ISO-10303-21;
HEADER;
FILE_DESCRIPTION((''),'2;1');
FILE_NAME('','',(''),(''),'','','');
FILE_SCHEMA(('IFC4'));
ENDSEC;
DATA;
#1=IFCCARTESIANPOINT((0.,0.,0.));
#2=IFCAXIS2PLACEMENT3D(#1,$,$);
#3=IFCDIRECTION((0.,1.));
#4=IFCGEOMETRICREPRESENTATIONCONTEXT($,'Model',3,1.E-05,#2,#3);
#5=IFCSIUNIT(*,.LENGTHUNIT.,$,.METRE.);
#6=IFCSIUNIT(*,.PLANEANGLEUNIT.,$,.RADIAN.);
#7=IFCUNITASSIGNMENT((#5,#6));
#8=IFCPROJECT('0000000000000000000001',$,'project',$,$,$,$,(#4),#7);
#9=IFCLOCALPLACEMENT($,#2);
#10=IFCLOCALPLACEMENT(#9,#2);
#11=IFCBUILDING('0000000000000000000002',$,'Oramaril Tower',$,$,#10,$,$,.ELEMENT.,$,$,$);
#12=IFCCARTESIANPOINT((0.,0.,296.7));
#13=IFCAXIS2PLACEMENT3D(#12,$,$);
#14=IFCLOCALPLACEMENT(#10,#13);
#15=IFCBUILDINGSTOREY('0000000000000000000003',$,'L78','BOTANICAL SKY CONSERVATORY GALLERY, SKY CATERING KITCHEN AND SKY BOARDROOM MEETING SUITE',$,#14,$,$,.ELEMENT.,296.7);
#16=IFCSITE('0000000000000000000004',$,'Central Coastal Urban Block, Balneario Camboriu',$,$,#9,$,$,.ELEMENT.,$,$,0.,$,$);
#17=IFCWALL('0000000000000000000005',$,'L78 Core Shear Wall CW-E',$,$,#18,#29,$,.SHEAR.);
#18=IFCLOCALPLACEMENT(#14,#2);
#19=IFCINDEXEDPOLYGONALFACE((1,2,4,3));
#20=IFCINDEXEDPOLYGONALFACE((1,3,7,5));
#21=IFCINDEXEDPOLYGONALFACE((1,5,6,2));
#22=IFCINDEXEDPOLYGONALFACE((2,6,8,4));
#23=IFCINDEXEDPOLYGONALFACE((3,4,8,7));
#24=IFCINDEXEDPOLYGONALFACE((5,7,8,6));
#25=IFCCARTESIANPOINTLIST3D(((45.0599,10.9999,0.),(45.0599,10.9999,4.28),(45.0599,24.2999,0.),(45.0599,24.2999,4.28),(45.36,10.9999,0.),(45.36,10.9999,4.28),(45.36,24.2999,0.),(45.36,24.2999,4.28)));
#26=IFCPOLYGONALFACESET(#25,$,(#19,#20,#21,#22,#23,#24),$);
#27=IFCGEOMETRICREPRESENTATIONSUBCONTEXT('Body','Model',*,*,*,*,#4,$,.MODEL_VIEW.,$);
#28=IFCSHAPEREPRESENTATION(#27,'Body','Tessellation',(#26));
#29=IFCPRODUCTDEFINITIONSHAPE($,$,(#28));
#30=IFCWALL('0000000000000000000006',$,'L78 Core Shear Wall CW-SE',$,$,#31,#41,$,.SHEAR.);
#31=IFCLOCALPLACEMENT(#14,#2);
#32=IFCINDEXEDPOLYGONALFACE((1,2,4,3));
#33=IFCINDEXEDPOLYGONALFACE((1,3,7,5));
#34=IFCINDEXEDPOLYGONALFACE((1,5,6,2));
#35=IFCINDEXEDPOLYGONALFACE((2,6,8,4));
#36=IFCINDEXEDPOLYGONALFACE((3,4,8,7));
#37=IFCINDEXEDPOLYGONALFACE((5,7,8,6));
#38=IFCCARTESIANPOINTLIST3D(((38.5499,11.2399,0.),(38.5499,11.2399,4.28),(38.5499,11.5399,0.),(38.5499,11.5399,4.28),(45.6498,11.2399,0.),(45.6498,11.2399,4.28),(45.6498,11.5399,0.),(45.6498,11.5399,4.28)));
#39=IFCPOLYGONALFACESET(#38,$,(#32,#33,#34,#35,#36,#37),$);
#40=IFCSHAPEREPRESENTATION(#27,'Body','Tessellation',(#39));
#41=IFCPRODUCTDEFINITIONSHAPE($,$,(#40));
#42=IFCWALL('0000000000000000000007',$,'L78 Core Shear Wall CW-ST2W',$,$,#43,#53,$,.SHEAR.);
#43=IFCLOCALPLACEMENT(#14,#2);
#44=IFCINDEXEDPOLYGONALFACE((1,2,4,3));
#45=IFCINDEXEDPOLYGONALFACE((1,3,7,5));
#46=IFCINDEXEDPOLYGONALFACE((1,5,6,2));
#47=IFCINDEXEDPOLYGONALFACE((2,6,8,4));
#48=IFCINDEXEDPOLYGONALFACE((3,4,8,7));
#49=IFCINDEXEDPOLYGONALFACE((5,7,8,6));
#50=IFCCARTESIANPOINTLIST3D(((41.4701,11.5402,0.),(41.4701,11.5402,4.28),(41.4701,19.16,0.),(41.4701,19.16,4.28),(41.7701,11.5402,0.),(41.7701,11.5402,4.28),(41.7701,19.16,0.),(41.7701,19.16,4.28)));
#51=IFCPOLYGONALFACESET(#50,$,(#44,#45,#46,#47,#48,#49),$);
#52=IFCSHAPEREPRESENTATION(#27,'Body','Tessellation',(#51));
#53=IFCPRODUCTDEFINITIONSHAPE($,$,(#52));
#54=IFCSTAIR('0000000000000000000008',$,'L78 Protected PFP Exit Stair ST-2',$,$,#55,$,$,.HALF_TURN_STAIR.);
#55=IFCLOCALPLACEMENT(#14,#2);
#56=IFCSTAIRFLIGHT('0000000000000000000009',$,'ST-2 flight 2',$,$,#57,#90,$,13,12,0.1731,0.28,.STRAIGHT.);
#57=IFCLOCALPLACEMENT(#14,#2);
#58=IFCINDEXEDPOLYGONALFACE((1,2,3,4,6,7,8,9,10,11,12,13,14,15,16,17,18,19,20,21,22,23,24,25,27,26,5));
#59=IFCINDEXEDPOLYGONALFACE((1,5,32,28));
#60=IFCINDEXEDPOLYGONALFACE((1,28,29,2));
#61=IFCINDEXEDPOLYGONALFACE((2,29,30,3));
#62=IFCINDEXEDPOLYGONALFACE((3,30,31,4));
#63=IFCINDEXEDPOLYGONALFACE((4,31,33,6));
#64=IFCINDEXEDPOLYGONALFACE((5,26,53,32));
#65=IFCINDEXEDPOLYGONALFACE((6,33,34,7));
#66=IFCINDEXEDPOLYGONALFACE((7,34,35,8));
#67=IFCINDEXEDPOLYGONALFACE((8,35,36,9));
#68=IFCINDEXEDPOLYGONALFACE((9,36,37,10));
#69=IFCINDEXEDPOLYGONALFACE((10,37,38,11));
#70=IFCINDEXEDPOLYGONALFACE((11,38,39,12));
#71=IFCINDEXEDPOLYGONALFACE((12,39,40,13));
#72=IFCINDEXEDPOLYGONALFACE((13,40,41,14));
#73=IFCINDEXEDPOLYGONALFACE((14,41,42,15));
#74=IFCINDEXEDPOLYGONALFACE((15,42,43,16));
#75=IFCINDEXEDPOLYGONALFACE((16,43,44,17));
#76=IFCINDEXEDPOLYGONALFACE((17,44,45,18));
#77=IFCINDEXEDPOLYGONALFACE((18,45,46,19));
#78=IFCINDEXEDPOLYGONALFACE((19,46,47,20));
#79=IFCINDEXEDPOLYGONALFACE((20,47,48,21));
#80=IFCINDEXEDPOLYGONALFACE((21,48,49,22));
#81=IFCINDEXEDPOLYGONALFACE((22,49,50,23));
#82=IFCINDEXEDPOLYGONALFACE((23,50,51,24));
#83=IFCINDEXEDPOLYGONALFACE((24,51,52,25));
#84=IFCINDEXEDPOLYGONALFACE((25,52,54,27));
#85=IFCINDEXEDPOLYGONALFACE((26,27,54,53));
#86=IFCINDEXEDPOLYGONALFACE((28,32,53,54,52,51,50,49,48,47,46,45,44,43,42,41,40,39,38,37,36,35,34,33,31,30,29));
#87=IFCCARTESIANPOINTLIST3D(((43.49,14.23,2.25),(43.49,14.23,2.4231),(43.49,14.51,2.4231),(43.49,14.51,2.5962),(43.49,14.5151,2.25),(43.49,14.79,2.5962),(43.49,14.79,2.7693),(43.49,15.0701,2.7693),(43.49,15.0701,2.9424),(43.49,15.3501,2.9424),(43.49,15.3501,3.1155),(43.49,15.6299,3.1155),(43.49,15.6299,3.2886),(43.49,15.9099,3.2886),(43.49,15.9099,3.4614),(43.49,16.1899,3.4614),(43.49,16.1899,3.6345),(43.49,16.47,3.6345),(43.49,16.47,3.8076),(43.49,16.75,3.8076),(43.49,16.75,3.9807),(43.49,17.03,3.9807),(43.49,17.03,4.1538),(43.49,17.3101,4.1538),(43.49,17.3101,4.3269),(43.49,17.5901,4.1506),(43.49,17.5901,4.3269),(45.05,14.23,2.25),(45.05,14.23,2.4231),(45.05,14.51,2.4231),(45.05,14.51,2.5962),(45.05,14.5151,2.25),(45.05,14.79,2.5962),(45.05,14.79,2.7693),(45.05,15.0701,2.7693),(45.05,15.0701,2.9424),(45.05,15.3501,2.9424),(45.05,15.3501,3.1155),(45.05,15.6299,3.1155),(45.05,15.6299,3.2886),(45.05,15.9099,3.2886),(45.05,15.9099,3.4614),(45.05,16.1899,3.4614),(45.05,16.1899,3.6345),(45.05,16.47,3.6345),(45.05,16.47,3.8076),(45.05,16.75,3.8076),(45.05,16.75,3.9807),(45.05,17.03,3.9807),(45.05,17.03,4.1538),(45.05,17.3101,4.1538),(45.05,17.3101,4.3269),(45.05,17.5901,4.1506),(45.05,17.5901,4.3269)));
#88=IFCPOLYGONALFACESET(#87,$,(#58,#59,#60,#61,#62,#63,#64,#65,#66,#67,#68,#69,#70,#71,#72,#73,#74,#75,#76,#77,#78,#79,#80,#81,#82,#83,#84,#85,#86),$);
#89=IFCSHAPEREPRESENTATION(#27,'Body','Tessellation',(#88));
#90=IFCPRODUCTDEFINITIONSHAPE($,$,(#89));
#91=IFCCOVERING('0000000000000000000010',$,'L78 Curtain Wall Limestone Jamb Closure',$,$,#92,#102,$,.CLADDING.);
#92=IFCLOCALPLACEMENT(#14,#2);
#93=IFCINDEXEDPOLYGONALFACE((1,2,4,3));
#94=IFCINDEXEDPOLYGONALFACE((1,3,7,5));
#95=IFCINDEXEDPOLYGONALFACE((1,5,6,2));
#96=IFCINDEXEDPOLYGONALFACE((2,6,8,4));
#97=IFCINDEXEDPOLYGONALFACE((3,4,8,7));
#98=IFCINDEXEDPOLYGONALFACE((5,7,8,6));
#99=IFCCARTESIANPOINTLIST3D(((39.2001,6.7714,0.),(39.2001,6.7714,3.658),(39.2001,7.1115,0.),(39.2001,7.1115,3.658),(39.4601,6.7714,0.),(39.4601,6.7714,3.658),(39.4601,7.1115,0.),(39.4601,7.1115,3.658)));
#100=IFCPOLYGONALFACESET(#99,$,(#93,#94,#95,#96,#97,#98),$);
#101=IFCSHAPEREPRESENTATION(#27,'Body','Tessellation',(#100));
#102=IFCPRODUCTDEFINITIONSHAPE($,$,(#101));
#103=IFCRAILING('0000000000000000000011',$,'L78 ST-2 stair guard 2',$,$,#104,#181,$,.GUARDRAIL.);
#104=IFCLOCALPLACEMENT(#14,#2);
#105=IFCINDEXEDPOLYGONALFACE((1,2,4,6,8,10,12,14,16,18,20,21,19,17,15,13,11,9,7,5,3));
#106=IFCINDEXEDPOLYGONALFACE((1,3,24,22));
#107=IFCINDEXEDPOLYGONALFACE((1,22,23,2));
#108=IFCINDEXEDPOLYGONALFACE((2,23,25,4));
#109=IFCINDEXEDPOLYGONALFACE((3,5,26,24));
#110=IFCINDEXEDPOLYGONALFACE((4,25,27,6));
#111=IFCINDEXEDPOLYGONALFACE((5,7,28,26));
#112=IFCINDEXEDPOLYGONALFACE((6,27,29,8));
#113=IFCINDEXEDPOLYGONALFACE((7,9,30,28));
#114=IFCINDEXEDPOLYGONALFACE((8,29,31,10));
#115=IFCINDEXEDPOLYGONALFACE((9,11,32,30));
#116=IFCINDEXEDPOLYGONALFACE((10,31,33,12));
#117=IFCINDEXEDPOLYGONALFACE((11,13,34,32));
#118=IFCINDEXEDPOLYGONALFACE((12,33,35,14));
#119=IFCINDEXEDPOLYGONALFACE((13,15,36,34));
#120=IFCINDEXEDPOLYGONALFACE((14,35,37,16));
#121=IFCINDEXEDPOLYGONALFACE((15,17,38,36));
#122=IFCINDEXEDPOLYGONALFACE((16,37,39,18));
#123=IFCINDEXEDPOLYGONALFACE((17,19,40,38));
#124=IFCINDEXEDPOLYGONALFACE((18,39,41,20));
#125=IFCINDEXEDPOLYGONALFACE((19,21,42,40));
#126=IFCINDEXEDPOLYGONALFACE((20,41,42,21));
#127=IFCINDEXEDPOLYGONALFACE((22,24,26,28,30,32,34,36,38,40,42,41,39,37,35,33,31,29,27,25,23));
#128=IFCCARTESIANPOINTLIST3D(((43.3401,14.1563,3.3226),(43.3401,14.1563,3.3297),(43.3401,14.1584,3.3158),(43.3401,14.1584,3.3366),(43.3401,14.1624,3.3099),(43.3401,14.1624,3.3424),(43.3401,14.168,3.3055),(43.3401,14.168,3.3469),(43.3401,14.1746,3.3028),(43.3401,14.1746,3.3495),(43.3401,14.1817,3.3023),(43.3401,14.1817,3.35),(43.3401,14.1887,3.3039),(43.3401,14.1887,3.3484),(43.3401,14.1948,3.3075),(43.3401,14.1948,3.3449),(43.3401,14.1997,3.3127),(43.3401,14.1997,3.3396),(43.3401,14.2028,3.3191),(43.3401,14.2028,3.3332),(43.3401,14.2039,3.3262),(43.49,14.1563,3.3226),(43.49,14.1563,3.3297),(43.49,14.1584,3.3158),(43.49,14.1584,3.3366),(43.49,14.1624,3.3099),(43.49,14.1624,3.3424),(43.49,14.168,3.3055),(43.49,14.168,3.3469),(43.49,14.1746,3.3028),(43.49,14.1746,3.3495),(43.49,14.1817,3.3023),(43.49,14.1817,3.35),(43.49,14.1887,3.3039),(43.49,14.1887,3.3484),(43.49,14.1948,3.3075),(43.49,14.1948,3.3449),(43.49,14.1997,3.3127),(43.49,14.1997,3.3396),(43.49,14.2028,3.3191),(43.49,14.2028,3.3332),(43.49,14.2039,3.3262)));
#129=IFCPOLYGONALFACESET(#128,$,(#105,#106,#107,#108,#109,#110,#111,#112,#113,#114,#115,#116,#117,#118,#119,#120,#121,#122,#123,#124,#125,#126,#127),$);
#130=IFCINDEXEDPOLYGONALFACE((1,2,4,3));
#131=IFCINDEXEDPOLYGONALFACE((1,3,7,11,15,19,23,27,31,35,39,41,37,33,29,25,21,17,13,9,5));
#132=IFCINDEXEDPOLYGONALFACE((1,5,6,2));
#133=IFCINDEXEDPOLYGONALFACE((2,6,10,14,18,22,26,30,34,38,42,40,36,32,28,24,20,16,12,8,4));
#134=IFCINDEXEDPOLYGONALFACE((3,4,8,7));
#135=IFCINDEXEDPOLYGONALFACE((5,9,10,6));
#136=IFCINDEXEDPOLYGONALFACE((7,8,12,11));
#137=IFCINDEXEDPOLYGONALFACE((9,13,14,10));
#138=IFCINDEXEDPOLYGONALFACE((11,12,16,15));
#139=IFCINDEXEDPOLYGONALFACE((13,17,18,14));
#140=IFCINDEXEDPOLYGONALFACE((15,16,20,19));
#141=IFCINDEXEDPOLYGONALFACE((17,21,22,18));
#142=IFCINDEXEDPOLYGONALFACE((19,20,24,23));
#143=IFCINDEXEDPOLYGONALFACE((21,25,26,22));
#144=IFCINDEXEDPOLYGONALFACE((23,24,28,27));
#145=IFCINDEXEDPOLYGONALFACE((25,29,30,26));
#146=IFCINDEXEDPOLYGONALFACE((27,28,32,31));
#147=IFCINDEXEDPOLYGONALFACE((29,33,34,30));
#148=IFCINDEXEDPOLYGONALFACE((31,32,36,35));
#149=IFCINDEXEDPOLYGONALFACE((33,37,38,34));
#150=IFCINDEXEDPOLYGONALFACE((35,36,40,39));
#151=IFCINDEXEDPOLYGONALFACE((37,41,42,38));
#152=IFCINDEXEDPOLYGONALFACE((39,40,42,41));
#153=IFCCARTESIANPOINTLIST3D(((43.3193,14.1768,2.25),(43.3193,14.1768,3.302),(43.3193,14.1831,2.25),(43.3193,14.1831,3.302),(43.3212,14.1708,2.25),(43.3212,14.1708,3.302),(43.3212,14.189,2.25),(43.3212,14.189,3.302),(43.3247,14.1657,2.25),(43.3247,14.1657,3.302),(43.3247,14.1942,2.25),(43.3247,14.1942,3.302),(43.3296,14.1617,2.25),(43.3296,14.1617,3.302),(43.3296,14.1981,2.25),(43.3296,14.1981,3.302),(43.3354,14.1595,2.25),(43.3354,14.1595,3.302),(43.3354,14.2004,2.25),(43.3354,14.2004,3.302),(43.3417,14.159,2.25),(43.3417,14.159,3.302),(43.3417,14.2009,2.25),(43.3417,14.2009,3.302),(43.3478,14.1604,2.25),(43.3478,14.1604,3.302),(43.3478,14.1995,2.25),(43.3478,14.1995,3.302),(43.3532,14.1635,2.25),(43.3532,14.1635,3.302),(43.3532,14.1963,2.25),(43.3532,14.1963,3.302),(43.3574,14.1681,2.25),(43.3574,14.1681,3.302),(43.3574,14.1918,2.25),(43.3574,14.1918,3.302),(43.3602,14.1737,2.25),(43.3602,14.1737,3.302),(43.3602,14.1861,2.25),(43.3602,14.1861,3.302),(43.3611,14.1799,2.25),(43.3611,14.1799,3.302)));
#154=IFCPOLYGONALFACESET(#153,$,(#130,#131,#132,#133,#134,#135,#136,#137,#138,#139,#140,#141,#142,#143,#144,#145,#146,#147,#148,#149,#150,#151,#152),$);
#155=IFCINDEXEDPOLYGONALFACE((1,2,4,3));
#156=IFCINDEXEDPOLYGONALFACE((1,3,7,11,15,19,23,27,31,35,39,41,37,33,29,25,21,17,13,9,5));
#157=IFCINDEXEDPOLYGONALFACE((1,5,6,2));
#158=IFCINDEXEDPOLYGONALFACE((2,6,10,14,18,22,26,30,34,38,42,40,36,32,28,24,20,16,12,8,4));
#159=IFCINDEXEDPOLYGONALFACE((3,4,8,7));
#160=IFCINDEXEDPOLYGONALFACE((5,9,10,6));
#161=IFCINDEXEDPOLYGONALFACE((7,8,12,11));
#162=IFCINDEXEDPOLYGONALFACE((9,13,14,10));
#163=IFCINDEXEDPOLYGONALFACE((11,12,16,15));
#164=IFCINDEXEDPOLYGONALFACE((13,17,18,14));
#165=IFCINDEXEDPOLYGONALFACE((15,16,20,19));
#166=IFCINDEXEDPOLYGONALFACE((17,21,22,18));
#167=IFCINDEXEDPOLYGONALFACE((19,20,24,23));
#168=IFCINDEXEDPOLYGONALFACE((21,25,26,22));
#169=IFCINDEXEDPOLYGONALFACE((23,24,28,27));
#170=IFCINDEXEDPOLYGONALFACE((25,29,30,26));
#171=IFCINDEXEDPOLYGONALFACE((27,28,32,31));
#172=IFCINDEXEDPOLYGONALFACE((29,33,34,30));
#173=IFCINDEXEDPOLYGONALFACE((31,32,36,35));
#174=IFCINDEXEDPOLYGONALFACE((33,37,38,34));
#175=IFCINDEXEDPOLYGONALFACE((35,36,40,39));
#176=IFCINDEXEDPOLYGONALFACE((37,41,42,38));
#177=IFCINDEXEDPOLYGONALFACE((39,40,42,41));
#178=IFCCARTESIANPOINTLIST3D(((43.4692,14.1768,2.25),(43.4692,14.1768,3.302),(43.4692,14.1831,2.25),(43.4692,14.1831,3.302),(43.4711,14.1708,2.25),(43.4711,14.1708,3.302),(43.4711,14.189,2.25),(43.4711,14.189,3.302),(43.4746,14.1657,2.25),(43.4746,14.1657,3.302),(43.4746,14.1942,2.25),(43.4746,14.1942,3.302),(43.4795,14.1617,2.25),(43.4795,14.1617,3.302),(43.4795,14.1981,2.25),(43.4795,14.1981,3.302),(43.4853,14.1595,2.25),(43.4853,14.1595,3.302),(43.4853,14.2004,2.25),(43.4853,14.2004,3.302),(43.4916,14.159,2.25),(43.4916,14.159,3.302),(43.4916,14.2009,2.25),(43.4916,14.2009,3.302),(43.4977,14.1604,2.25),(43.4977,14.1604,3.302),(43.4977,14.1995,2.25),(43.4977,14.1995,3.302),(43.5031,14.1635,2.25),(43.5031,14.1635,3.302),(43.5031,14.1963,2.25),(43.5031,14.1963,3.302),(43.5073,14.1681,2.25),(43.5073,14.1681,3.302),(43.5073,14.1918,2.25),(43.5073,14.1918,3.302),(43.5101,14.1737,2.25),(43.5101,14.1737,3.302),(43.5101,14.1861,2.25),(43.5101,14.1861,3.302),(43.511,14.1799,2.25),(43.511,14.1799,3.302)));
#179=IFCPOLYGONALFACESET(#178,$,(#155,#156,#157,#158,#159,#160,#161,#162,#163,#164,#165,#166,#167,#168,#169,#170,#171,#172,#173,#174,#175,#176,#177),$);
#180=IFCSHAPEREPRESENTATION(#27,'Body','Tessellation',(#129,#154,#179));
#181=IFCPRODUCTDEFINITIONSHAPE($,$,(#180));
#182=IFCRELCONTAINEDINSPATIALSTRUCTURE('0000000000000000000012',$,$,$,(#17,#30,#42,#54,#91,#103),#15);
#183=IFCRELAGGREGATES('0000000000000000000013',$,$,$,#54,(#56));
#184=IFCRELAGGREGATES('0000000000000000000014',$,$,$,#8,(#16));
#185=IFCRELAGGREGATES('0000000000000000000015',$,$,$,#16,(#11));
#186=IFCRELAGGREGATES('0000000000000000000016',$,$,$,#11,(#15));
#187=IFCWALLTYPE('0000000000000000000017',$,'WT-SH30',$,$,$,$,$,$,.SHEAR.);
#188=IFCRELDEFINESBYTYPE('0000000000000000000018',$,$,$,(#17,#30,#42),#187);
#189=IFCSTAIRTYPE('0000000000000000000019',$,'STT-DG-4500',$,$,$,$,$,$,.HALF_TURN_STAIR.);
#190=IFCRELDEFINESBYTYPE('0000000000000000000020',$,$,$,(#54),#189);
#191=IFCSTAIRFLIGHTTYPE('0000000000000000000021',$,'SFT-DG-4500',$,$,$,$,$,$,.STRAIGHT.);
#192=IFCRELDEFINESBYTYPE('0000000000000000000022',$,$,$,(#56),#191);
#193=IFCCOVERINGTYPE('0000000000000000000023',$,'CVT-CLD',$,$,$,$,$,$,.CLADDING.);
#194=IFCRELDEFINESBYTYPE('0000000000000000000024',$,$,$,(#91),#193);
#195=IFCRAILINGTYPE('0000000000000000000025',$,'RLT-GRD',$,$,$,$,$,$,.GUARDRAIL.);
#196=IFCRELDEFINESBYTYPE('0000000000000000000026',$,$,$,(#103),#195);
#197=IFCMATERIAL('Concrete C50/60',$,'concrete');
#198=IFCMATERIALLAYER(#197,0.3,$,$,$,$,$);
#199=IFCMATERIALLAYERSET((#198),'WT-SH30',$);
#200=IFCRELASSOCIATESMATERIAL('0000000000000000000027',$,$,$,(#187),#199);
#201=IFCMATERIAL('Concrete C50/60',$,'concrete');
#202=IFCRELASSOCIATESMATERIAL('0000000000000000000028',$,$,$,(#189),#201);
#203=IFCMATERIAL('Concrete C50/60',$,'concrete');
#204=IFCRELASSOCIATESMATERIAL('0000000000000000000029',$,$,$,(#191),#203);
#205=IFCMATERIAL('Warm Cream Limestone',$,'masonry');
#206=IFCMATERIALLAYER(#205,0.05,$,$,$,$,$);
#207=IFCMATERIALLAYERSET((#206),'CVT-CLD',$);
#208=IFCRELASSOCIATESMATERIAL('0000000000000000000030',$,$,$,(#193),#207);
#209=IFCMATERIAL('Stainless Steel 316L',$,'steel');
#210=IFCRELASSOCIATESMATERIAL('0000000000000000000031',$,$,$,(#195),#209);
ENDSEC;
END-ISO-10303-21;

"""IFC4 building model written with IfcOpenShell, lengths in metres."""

from ifc_helpers import new_model, si_unit, direction, frame, frame_2d, origin, origin_2d, place, context, subcontext, project, spatial, polyline, rectangle, circle, outline, extrude, material, layer, layer_set, type_object, element, aggregate, save


model = new_model("IFC4")

# Units and contexts
model_context = context("Model", 3, precision=1e-05, world=origin(), true_north=direction((0.0, 1.0)))
body_context = subcontext(model_context, "Body", "Model", "MODEL_VIEW")
ifc_project = project(units=[si_unit("LENGTHUNIT", "METRE"), si_unit("PLANEANGLEUNIT", "RADIAN")], contexts=[model_context])

# Site, building, storey
site_placement = place(None, origin())
site = spatial("IfcSite", under=ifc_project, at=site_placement, Name="Central Coastal Urban Block, Balneario Camboriu", CompositionType="ELEMENT", RefElevation=0.0)
building_placement = place(site_placement, origin())
building = spatial("IfcBuilding", under=site, at=building_placement, Name="Oramaril Tower", CompositionType="ELEMENT")
storey_placement = place(building_placement, frame((0.0, 0.0, 296.7)))
storey = spatial("IfcBuildingStorey", under=building, at=storey_placement, Name="L78", Description="BOTANICAL SKY CONSERVATORY GALLERY, SKY CATERING KITCHEN AND SKY BOARDROOM MEETING SUITE", CompositionType="ELEMENT", Elevation=296.7)

# Walls
ifc_material_1 = material(Name="Concrete C50/60", Category="concrete")
ifc_layer_1 = layer(ifc_material_1, 0.3)
ifc_layer_set_1 = layer_set([ifc_layer_1], Name="WT-SH30")
wall_type_1 = type_object("IfcWallType", Name="WT-SH30", PredefinedType="SHEAR", material=ifc_layer_set_1)
wall_1_placement = place(storey_placement, frame((45.21, 11.0, 0.0), z_axis=(0.0, 0.0, 1.0), x_axis=(0.0, 1.0, 0.0)))
element("IfcWall", 1, at=wall_1_placement, inside=storey, type_object=wall_type_1, Name="L78 Core Shear Wall CW-E", PredefinedType="SHEAR", context=body_context, shape_type="SweptSolid", body=[
    extrude(rectangle(XDim=13.3, YDim=0.3, at=frame_2d((6.6499, 0.0))), origin(), (0.0, 0.0, 1.0), 4.28),
])
wall_2_placement = place(storey_placement, frame((38.55, 11.3899, 0.0), z_axis=(0.0, 0.0, 1.0), x_axis=(1.0, 0.0, 0.0)))
element("IfcWall", 2, at=wall_2_placement, inside=storey, type_object=wall_type_1, Name="L78 Core Shear Wall CW-SE", PredefinedType="SHEAR", context=body_context, shape_type="SweptSolid", body=[
    extrude(rectangle(XDim=7.0999, YDim=0.3, at=frame_2d((3.5498, 0.0))), origin(), (0.0, 0.0, 1.0), 4.28),
])
wall_3_placement = place(storey_placement, frame((41.6201, 11.54, 0.0), z_axis=(0.0, 0.0, 1.0), x_axis=(0.0, 1.0, 0.0)))
element("IfcWall", 3, at=wall_3_placement, inside=storey, type_object=wall_type_1, Name="L78 Core Shear Wall CW-ST2W", PredefinedType="SHEAR", context=body_context, shape_type="SweptSolid", body=[
    extrude(rectangle(XDim=7.6199, YDim=0.3, at=frame_2d((3.8101, 0.0))), origin(), (0.0, 0.0, 1.0), 4.28),
])

# Stair, stair flight
ifc_material_2 = material(Name="Concrete C50/60", Category="concrete")
stair_type = type_object("IfcStairType", Name="STT-DG-4500", PredefinedType="HALF_TURN_STAIR", material=ifc_material_2)
stair_placement = place(storey_placement, origin())
stair = element("IfcStair", 4, at=stair_placement, inside=storey, type_object=stair_type, Name="L78 Protected PFP Exit Stair ST-2", PredefinedType="HALF_TURN_STAIR")
ifc_material_3 = material(Name="Concrete C50/60", Category="concrete")
stair_flight_type = type_object("IfcStairFlightType", Name="SFT-DG-4500", PredefinedType="STRAIGHT", material=ifc_material_3)
stair_flight_placement = place(storey_placement, frame((44.27, 14.23, 2.25), z_axis=(0.0, 0.0, 1.0), x_axis=(0.0, 1.0, 0.0)))
stair_flight = element("IfcStairFlight", 5, at=stair_flight_placement, type_object=stair_flight_type, Name="ST-2 flight 2", NumberOfRisers=13, NumberOfTreads=12, PredefinedType="STRAIGHT", RiserHeight=0.1731, TreadLength=0.28, context=body_context, shape_type="SweptSolid", body=[
    extrude(outline(polyline([(0.0, 0.0), (0.0, 0.1731), (0.28, 0.1731), (0.28, 0.3462), (0.5601, 0.3462), (0.5601, 0.5193), (0.8401, 0.5193), (0.8401, 0.6924), (1.1201, 0.6924), (1.1201, 0.8655), (1.3999, 0.8655), (1.3999, 1.0386), (1.6799, 1.0386), (1.6799, 1.2114), (1.96, 1.2114), (1.96, 1.3845), (2.24, 1.3845), (2.24, 1.5576), (2.52, 1.5576), (2.52, 1.7307), (2.8, 1.7307), (2.8, 1.9038), (3.0801, 1.9038), (3.0801, 2.0769), (3.3601, 2.0769), (3.3601, 2.25), (3.3601, 1.9006), (0.2852, 0.0), (0.0, 0.0)])), frame((0.0, 0.78, 0.0), z_axis=(0.0, -1.0, 0.0), x_axis=(1.0, 0.0, 0.0)), (0.0, 0.0, 1.0), 1.5601),
])
aggregate(stair, [stair_flight])

# Covering
ifc_material_4 = material(Name="Warm Cream Limestone", Category="masonry")
ifc_layer_2 = layer(ifc_material_4, 0.05)
ifc_layer_set_2 = layer_set([ifc_layer_2], Name="CVT-CLD")
covering_type = type_object("IfcCoveringType", Name="CVT-CLD", PredefinedType="CLADDING", material=ifc_layer_set_2)
covering_placement = place(storey_placement, frame((39.3301, 6.9414, 0.0), z_axis=(0.0, 0.0, 1.0), x_axis=(1.0, 0.0, 0.0)))
element("IfcCovering", 6, at=covering_placement, inside=storey, type_object=covering_type, Name="L78 Curtain Wall Limestone Jamb Closure", PredefinedType="CLADDING", context=body_context, shape_type="SweptSolid", body=[
    extrude(rectangle(XDim=0.26, YDim=0.3401, at=origin_2d()), origin(), (0.0, 0.0, 1.0), 3.658),
])

# Railing
ifc_material_5 = material(Name="Stainless Steel 316L", Category="steel")
railing_type_1 = type_object("IfcRailingType", Name="RLT-GRD", PredefinedType="GUARDRAIL", material=ifc_material_5)
railing_1_placement = place(storey_placement, frame((43.3401, 14.1799, 2.25)))
element("IfcRailing", 7, at=railing_1_placement, inside=storey, type_object=railing_type_1, Name="L78 ST-2 stair guard 2", PredefinedType="GUARDRAIL", context=body_context, shape_type="SweptSolid", body=[
    extrude(circle(Radius=0.0239, at=origin_2d()), frame((0.0, 0.0, 1.0762), z_axis=(1.0, 0.0, 0.0), x_axis=(0.0, 1.0, 0.0)), (0.0, 0.0, 1.0), 0.1499),
    extrude(circle(Radius=0.021, at=origin_2d()), origin(), (0.0, 0.0, 1.0), 1.052),
    extrude(circle(Radius=0.021, at=origin_2d()), frame((0.1499, 0.0, 0.0)), (0.0, 0.0, 1.0), 1.052),
])

save(model, "model.ifc")
